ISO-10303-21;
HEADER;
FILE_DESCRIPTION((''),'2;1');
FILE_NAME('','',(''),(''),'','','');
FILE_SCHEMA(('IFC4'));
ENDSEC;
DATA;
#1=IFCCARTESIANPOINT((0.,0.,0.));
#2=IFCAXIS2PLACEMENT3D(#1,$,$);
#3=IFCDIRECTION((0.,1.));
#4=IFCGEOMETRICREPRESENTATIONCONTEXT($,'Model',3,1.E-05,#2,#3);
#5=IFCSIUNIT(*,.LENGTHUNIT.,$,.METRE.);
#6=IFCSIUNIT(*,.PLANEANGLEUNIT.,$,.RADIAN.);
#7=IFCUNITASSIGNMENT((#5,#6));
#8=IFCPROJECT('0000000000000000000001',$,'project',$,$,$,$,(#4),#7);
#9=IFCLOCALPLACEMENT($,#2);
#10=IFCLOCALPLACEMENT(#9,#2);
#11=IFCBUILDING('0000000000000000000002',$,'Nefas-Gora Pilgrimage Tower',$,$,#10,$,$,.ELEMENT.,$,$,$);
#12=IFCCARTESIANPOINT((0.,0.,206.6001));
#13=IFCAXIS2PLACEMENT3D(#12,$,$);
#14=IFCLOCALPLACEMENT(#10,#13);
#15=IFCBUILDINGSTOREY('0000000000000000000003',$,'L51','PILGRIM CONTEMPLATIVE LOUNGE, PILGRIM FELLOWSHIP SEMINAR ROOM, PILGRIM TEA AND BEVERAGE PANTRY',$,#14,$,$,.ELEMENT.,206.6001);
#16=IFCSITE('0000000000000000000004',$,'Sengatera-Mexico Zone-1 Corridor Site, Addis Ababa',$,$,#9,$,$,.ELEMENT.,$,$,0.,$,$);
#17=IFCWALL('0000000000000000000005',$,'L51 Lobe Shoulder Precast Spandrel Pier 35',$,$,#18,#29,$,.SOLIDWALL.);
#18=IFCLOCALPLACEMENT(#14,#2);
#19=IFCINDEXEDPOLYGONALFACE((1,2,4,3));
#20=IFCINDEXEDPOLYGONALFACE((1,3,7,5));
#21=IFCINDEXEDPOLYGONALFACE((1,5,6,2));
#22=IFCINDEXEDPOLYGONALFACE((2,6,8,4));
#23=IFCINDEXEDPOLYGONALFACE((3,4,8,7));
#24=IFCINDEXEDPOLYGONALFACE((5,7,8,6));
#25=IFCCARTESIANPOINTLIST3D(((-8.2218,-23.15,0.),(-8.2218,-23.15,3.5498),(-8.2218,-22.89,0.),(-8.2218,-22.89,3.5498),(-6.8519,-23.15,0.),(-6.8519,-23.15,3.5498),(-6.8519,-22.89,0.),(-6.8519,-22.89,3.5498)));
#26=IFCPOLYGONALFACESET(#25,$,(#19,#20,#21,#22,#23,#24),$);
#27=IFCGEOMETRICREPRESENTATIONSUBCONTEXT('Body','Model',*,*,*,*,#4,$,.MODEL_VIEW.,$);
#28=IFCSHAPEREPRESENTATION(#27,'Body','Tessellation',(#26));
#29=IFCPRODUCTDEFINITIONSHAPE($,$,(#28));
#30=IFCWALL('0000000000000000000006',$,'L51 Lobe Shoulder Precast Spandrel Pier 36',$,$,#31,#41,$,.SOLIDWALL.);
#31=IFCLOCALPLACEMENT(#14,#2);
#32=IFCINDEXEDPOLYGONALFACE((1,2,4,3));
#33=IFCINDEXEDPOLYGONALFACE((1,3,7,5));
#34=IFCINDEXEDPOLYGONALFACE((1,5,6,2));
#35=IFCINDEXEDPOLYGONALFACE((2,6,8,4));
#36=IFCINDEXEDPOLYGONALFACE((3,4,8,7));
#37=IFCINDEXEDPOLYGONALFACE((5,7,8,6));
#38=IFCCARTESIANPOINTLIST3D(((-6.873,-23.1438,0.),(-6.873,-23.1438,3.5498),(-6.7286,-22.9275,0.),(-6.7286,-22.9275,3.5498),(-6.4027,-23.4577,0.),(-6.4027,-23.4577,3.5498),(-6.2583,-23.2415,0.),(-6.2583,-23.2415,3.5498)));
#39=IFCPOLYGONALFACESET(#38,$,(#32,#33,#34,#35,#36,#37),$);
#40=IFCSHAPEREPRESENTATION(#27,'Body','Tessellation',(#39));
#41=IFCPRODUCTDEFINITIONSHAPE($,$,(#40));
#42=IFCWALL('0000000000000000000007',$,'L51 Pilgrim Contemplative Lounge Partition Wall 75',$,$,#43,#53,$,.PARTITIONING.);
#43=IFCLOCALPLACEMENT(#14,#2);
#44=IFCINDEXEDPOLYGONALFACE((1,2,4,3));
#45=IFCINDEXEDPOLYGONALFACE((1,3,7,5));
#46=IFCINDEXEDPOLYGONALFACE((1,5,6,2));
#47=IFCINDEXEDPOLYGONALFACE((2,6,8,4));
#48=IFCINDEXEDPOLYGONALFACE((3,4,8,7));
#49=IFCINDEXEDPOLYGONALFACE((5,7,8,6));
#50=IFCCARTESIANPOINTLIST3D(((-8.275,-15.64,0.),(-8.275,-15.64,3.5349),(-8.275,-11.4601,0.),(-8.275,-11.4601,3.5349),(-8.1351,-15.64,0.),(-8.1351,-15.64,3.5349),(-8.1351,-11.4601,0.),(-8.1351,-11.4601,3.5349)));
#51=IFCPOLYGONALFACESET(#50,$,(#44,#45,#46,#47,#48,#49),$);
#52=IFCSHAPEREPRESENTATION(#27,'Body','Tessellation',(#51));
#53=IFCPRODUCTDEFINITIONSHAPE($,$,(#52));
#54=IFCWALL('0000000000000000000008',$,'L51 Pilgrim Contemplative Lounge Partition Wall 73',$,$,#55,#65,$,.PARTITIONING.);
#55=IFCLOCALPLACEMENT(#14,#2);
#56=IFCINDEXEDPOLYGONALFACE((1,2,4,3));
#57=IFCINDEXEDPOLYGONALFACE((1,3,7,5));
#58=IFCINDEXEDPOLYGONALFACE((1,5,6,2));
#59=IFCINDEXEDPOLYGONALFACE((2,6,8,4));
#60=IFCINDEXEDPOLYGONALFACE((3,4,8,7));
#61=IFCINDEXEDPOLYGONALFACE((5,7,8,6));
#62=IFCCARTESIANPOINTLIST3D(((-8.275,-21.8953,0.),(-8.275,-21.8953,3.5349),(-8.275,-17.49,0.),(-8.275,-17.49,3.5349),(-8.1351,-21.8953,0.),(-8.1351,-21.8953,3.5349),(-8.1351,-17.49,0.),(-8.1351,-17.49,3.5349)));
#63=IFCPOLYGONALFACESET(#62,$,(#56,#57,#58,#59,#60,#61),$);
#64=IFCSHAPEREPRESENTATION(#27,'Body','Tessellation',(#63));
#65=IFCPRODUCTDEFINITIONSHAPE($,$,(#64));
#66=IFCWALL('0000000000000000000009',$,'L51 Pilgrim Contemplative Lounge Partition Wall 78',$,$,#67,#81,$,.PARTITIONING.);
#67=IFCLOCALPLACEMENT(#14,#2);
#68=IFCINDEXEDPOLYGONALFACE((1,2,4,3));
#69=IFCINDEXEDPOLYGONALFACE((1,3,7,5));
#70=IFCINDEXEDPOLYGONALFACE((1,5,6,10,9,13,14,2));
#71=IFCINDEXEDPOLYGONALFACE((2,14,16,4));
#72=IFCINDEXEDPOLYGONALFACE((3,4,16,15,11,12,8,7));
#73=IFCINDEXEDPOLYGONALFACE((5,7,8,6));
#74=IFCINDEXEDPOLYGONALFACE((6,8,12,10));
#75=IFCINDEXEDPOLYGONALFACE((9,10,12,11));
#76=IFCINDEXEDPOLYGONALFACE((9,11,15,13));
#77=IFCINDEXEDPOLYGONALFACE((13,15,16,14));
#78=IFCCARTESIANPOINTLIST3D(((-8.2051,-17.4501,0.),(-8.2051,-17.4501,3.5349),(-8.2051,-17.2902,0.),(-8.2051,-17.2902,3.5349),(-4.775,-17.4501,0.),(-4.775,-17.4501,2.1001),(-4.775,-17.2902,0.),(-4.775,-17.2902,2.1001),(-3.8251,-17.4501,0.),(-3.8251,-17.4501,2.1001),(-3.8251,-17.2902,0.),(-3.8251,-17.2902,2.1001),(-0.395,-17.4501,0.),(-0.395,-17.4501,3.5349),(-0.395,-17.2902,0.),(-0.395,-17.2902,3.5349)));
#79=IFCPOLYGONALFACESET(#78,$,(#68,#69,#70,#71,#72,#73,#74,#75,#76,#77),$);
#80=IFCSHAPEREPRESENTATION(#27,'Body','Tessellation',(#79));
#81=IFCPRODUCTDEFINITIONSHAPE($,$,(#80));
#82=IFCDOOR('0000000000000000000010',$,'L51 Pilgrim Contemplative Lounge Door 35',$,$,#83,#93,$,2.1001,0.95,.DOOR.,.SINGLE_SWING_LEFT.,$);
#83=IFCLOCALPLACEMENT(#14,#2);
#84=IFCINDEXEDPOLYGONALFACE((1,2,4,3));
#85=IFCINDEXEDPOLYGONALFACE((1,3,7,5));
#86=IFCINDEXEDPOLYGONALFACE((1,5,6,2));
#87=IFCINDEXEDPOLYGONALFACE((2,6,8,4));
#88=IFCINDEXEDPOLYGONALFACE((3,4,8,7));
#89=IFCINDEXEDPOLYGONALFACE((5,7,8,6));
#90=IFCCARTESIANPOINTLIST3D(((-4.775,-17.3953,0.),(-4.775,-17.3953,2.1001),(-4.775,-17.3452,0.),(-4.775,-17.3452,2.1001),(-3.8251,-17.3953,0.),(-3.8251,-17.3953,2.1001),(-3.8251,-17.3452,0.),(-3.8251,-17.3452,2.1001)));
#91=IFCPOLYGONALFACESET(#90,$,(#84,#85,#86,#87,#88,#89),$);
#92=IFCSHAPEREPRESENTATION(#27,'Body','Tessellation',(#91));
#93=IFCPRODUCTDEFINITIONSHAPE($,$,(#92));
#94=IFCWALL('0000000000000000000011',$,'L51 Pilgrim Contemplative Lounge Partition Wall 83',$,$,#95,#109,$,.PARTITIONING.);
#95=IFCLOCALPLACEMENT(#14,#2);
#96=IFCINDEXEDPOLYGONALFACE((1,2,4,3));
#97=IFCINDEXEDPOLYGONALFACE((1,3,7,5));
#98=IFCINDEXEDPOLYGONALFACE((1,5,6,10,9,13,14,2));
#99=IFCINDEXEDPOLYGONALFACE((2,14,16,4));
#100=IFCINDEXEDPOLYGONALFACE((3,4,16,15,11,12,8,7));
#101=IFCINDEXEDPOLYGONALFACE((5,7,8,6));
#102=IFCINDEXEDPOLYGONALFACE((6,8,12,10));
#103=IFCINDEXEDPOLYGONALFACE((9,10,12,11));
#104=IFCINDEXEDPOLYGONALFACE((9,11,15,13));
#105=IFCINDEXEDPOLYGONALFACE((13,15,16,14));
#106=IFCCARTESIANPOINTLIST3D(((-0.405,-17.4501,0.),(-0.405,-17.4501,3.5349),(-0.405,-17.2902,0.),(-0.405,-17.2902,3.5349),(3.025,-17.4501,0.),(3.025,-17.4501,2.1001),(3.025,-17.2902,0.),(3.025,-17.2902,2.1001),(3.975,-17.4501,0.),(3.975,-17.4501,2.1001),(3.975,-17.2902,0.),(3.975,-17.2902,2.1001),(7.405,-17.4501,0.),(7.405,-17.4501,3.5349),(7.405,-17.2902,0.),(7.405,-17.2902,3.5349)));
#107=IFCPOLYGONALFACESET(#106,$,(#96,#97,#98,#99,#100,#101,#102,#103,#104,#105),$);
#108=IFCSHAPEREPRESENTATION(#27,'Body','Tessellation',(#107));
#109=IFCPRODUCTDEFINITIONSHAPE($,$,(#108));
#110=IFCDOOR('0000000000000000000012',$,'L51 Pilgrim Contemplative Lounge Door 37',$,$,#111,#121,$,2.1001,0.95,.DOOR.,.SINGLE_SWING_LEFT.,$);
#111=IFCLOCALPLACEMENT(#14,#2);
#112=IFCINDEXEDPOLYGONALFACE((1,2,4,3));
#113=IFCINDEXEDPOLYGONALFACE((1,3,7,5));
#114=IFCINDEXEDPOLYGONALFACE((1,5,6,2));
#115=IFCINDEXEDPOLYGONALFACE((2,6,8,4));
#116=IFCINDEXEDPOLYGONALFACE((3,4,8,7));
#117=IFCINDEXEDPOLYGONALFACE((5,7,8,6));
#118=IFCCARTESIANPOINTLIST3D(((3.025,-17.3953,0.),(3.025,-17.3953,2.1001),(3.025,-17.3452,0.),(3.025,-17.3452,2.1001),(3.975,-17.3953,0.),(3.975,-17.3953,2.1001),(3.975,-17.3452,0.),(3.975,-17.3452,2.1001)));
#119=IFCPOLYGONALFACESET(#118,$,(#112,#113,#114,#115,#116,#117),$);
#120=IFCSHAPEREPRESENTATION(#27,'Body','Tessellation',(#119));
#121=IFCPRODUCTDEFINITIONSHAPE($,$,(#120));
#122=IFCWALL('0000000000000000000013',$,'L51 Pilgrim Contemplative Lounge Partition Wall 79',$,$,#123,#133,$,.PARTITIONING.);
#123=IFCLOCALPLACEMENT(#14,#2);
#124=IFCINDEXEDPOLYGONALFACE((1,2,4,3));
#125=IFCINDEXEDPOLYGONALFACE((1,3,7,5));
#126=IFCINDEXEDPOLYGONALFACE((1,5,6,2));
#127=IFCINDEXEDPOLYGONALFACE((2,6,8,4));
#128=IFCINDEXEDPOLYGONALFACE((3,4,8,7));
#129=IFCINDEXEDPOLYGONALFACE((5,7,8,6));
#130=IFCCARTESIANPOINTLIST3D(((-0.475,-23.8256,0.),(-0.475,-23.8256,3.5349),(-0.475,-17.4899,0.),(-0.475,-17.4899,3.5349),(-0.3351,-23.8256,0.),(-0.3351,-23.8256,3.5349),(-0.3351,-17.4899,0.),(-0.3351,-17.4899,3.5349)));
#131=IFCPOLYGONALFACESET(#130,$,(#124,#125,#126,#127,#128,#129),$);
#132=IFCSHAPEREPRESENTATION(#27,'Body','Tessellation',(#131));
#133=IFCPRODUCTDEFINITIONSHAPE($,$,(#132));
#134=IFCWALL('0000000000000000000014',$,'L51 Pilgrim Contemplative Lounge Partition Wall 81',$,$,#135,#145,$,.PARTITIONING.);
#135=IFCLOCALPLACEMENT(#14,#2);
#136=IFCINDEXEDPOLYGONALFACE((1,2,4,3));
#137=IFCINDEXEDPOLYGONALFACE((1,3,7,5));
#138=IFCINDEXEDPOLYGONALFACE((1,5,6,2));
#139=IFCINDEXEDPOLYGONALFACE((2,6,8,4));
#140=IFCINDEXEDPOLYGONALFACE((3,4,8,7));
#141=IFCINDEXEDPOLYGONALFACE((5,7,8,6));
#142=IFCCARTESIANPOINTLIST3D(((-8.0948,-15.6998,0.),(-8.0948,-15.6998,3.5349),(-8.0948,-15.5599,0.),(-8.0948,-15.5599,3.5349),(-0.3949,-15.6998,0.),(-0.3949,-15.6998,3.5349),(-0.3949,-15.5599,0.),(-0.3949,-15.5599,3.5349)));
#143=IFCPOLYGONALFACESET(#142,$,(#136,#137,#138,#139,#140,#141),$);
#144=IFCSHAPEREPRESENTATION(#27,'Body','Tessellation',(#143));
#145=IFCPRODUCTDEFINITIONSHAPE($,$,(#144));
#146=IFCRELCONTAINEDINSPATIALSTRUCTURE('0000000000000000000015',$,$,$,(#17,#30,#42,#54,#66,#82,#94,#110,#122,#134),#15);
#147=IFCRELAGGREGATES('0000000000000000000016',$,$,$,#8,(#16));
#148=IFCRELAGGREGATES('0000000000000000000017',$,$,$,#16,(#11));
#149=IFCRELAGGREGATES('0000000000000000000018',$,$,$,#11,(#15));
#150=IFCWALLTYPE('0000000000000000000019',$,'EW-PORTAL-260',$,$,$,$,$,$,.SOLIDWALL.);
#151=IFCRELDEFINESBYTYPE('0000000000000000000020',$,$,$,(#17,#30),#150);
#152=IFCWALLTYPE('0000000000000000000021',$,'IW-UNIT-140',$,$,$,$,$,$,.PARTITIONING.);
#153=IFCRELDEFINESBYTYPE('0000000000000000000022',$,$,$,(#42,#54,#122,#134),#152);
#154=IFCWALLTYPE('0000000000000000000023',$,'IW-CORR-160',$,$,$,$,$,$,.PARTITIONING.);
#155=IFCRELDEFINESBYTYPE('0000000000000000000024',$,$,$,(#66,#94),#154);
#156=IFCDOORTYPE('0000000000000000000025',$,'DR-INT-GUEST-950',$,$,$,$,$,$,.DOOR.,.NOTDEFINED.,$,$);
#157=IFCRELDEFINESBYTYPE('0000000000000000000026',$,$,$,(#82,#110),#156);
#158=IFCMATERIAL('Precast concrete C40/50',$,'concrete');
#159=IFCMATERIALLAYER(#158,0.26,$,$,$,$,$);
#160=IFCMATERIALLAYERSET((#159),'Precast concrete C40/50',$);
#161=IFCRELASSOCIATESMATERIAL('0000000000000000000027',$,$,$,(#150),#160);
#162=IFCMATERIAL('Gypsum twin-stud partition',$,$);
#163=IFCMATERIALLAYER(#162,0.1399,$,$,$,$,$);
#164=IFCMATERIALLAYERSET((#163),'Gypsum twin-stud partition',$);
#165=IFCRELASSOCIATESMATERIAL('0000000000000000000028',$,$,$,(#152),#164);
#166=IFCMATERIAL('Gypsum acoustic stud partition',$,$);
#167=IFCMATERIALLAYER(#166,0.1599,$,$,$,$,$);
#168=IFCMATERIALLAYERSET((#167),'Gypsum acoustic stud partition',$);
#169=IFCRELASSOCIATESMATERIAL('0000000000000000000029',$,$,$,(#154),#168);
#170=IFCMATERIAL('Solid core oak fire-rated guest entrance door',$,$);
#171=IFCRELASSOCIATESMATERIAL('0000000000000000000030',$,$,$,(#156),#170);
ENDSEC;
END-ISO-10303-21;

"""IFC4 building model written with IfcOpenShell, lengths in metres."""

from ifc_helpers import new_model, si_unit, direction, frame, frame_2d, origin, place, context, subcontext, project, spatial, rectangle, extrude, source, transform, mapped, material, layer, layer_set, type_object, element, fill, save


model = new_model("IFC4")

# Units and contexts
model_context = context("Model", 3, precision=1e-05, world=origin(), true_north=direction((0.0, 1.0)))
body_context = subcontext(model_context, "Body", "Model", "MODEL_VIEW")
ifc_project = project(units=[si_unit("LENGTHUNIT", "METRE"), si_unit("PLANEANGLEUNIT", "RADIAN")], contexts=[model_context])

# Site, building, storey
site_placement = place(None, origin())
site = spatial("IfcSite", under=ifc_project, at=site_placement, Name="Sengatera-Mexico Zone-1 Corridor Site, Addis Ababa", CompositionType="ELEMENT", RefElevation=0.0)
building_placement = place(site_placement, origin())
building = spatial("IfcBuilding", under=site, at=building_placement, Name="Nefas-Gora Pilgrimage Tower", CompositionType="ELEMENT")
storey_placement = place(building_placement, frame((0.0, 0.0, 206.6001)))
storey = spatial("IfcBuildingStorey", under=building, at=storey_placement, Name="L51", Description="PILGRIM CONTEMPLATIVE LOUNGE, PILGRIM FELLOWSHIP SEMINAR ROOM, PILGRIM TEA AND BEVERAGE PANTRY", CompositionType="ELEMENT", Elevation=206.6001)

# Walls
ifc_material_1 = material(Name="Precast concrete C40/50", Category="concrete")
ifc_layer_1 = layer(ifc_material_1, 0.26)
ifc_layer_set_1 = layer_set([ifc_layer_1], Name="Precast concrete C40/50")
wall_type_1 = type_object("IfcWallType", Name="EW-PORTAL-260", PredefinedType="SOLIDWALL", material=ifc_layer_set_1)
shared_shape_1 = source(origin(), body_context, "Body", "SweptSolid", [
    extrude(rectangle(XDim=1.3699, YDim=0.26, at=frame_2d((0.6851, 0.0))), origin(), (0.0, 0.0, 1.0), 3.5498),
])
wall_1_placement = place(storey_placement, frame((-8.2219, -23.02, 0.0), z_axis=(0.0, 0.0, 1.0), x_axis=(1.0, 0.0, 0.0)))
element("IfcWall", 1, at=wall_1_placement, inside=storey, type_object=wall_type_1, Name="L51 Lobe Shoulder Precast Spandrel Pier 35", PredefinedType="SOLIDWALL", context=body_context, shape_type="MappedRepresentation", body=[
    mapped(shared_shape_1, transform((0.0, 0.0, 0.0), x_axis=(1.0, 0.0, 0.0), y_axis=(0.0, 1.0, 0.0), z_axis=(0.0, 0.0, 1.0), scale=1.0)),
])
shared_shape_2 = source(origin(), body_context, "Body", "SweptSolid", [
    extrude(rectangle(XDim=0.5654, YDim=0.26, at=frame_2d((0.2827, 0.0))), origin(), (0.0, 0.0, 1.0), 3.5498),
])
wall_2_placement = place(storey_placement, frame((-6.8008, -23.0356, 0.0), z_axis=(0.0, 0.0, 1.0), x_axis=(0.831651, -0.555298, 0.0)))
element("IfcWall", 2, at=wall_2_placement, inside=storey, type_object=wall_type_1, Name="L51 Lobe Shoulder Precast Spandrel Pier 36", PredefinedType="SOLIDWALL", context=body_context, shape_type="MappedRepresentation", body=[
    mapped(shared_shape_2, transform((0.0, 0.0, 0.0), x_axis=(1.0, 0.0, 0.0), y_axis=(0.0, 1.0, 0.0), z_axis=(0.0, 0.0, 1.0), scale=1.0)),
])
ifc_material_2 = material(Name="Gypsum twin-stud partition")
ifc_layer_2 = layer(ifc_material_2, 0.1399)
ifc_layer_set_2 = layer_set([ifc_layer_2], Name="Gypsum twin-stud partition")
wall_type_2 = type_object("IfcWallType", Name="IW-UNIT-140", PredefinedType="PARTITIONING", material=ifc_layer_set_2)
shared_shape_3 = source(origin(), body_context, "Body", "SweptSolid", [
    extrude(rectangle(XDim=4.1799, YDim=0.1399, at=frame_2d((2.0898, 0.0))), origin(), (0.0, 0.0, 1.0), 3.5349),
])
wall_3_placement = place(storey_placement, frame((-8.2051, -15.6399, 0.0), z_axis=(0.0, 0.0, 1.0), x_axis=(0.0, 1.0, 0.0)))
element("IfcWall", 3, at=wall_3_placement, inside=storey, type_object=wall_type_2, Name="L51 Pilgrim Contemplative Lounge Partition Wall 75", PredefinedType="PARTITIONING", context=body_context, shape_type="MappedRepresentation", body=[
    mapped(shared_shape_3, transform((0.0, 0.0, 0.0), x_axis=(1.0, 0.0, 0.0), y_axis=(0.0, 1.0, 0.0), z_axis=(0.0, 0.0, 1.0), scale=1.0)),
])
shared_shape_4 = source(origin(), body_context, "Body", "SweptSolid", [
    extrude(rectangle(XDim=4.4053, YDim=0.1399, at=frame_2d((2.2026, 0.0))), origin(), (0.0, 0.0, 1.0), 3.5349),
])
wall_4_placement = place(storey_placement, frame((-8.2051, -21.8953, 0.0), z_axis=(0.0, 0.0, 1.0), x_axis=(0.0, 1.0, 0.0)))
element("IfcWall", 4, at=wall_4_placement, inside=storey, type_object=wall_type_2, Name="L51 Pilgrim Contemplative Lounge Partition Wall 73", PredefinedType="PARTITIONING", context=body_context, shape_type="MappedRepresentation", body=[
    mapped(shared_shape_4, transform((0.0, 0.0, 0.0), x_axis=(1.0, 0.0, 0.0), y_axis=(0.0, 1.0, 0.0), z_axis=(0.0, 0.0, 1.0), scale=1.0)),
])

# Walls, openings, doors
ifc_material_3 = material(Name="Gypsum acoustic stud partition")
ifc_layer_3 = layer(ifc_material_3, 0.1599)
ifc_layer_set_3 = layer_set([ifc_layer_3], Name="Gypsum acoustic stud partition")
wall_type_3 = type_object("IfcWallType", Name="IW-CORR-160", PredefinedType="PARTITIONING", material=ifc_layer_set_3)
shared_shape_5 = source(origin(), body_context, "Body", "SweptSolid", [
    extrude(rectangle(XDim=7.8101, YDim=0.1599, at=frame_2d((3.905, 0.0))), origin(), (0.0, 0.0, 1.0), 3.5349),
])
wall_5_placement = place(storey_placement, frame((-8.2051, -17.3701, 0.0), z_axis=(0.0, 0.0, 1.0), x_axis=(1.0, 0.0, 0.0)))
wall_5 = element("IfcWall", 5, at=wall_5_placement, inside=storey, type_object=wall_type_3, Name="L51 Pilgrim Contemplative Lounge Partition Wall 78", PredefinedType="PARTITIONING", context=body_context, shape_type="MappedRepresentation", body=[
    mapped(shared_shape_5, transform((0.0, 0.0, 0.0), x_axis=(1.0, 0.0, 0.0), y_axis=(0.0, 1.0, 0.0), z_axis=(0.0, 0.0, 1.0), scale=1.0)),
])
opening_1_placement = place(wall_5_placement, frame((3.4299, 0.0, 0.0)))
opening_1 = element("IfcOpeningElement", 6, at=opening_1_placement, cuts=wall_5, PredefinedType="OPENING", context=body_context, shape_type="SweptSolid", body=[
    extrude(rectangle(XDim=0.95, YDim=2.1001, at=frame_2d((0.4751, 1.05))), frame((0.0, 0.0898, 0.0), z_axis=(0.0, -1.0, 0.0), x_axis=(1.0, 0.0, 0.0)), (0.0, 0.0, 1.0), 0.1799),
])
ifc_material_4 = material(Name="Solid core oak fire-rated guest entrance door")
door_type = type_object("IfcDoorType", Name="DR-INT-GUEST-950", OperationType="NOTDEFINED", PredefinedType="DOOR", material=ifc_material_4)
shared_shape_6 = source(origin(), body_context, "Body", "SweptSolid", [
    extrude(rectangle(XDim=0.95, YDim=2.1001, at=frame_2d((0.4751, 1.05))), frame((0.0, 0.0249, 0.0), z_axis=(0.0, -1.0, 0.0), x_axis=(1.0, 0.0, 0.0)), (0.0, 0.0, 1.0), 0.05),
])
door_1_placement = place(opening_1_placement, origin())
door_1 = element("IfcDoor", 7, at=door_1_placement, inside=storey, type_object=door_type, Name="L51 Pilgrim Contemplative Lounge Door 35", OperationType="SINGLE_SWING_LEFT", OverallHeight=2.1001, OverallWidth=0.95, PredefinedType="DOOR", context=body_context, shape_type="MappedRepresentation", body=[
    mapped(shared_shape_6, transform((0.0, 0.0, 0.0), x_axis=(1.0, 0.0, 0.0), y_axis=(0.0, 1.0, 0.0), z_axis=(0.0, 0.0, 1.0), scale=1.0)),
])
fill(opening_1, door_1)
wall_6_placement = place(storey_placement, frame((-0.405, -17.3701, 0.0), z_axis=(0.0, 0.0, 1.0), x_axis=(1.0, 0.0, 0.0)))
wall_6 = element("IfcWall", 8, at=wall_6_placement, inside=storey, type_object=wall_type_3, Name="L51 Pilgrim Contemplative Lounge Partition Wall 83", PredefinedType="PARTITIONING", context=body_context, shape_type="MappedRepresentation", body=[
    mapped(shared_shape_5, transform((0.0, 0.0, 0.0), x_axis=(1.0, 0.0, 0.0), y_axis=(0.0, 1.0, 0.0), z_axis=(0.0, 0.0, 1.0), scale=1.0)),
])
opening_2_placement = place(wall_6_placement, frame((3.4299, 0.0, 0.0)))
opening_2 = element("IfcOpeningElement", 9, at=opening_2_placement, cuts=wall_6, PredefinedType="OPENING", context=body_context, shape_type="SweptSolid", body=[
    extrude(rectangle(XDim=0.95, YDim=2.1001, at=frame_2d((0.4751, 1.05))), frame((0.0, 0.0898, 0.0), z_axis=(0.0, -1.0, 0.0), x_axis=(1.0, 0.0, 0.0)), (0.0, 0.0, 1.0), 0.1799),
])
door_2_placement = place(opening_2_placement, origin())
door_2 = element("IfcDoor", 10, at=door_2_placement, inside=storey, type_object=door_type, Name="L51 Pilgrim Contemplative Lounge Door 37", OperationType="SINGLE_SWING_LEFT", OverallHeight=2.1001, OverallWidth=0.95, PredefinedType="DOOR", context=body_context, shape_type="MappedRepresentation", body=[
    mapped(shared_shape_6, transform((0.0, 0.0, 0.0), x_axis=(1.0, 0.0, 0.0), y_axis=(0.0, 1.0, 0.0), z_axis=(0.0, 0.0, 1.0), scale=1.0)),
])
fill(opening_2, door_2)

# Walls
shared_shape_7 = source(origin(), body_context, "Body", "SweptSolid", [
    extrude(rectangle(XDim=6.3357, YDim=0.1399, at=frame_2d((3.168, 0.0))), origin(), (0.0, 0.0, 1.0), 3.5349),
])
wall_7_placement = place(storey_placement, frame((-0.405, -23.8257, 0.0), z_axis=(0.0, 0.0, 1.0), x_axis=(0.0, 1.0, 0.0)))
element("IfcWall", 11, at=wall_7_placement, inside=storey, type_object=wall_type_2, Name="L51 Pilgrim Contemplative Lounge Partition Wall 79", PredefinedType="PARTITIONING", context=body_context, shape_type="MappedRepresentation", body=[
    mapped(shared_shape_7, transform((0.0, 0.0, 0.0), x_axis=(1.0, 0.0, 0.0), y_axis=(0.0, 1.0, 0.0), z_axis=(0.0, 0.0, 1.0), scale=1.0)),
])
shared_shape_8 = source(origin(), body_context, "Body", "SweptSolid", [
    extrude(rectangle(XDim=7.7, YDim=0.1399, at=frame_2d((3.8501, 0.0))), origin(), (0.0, 0.0, 1.0), 3.5349),
])
wall_8_placement = place(storey_placement, frame((-8.095, -15.6299, 0.0), z_axis=(0.0, 0.0, 1.0), x_axis=(1.0, 0.0, 0.0)))
element("IfcWall", 12, at=wall_8_placement, inside=storey, type_object=wall_type_2, Name="L51 Pilgrim Contemplative Lounge Partition Wall 81", PredefinedType="PARTITIONING", context=body_context, shape_type="MappedRepresentation", body=[
    mapped(shared_shape_8, transform((0.0, 0.0, 0.0), x_axis=(1.0, 0.0, 0.0), y_axis=(0.0, 1.0, 0.0), z_axis=(0.0, 0.0, 1.0), scale=1.0)),
])

save(model, "model.ifc")
